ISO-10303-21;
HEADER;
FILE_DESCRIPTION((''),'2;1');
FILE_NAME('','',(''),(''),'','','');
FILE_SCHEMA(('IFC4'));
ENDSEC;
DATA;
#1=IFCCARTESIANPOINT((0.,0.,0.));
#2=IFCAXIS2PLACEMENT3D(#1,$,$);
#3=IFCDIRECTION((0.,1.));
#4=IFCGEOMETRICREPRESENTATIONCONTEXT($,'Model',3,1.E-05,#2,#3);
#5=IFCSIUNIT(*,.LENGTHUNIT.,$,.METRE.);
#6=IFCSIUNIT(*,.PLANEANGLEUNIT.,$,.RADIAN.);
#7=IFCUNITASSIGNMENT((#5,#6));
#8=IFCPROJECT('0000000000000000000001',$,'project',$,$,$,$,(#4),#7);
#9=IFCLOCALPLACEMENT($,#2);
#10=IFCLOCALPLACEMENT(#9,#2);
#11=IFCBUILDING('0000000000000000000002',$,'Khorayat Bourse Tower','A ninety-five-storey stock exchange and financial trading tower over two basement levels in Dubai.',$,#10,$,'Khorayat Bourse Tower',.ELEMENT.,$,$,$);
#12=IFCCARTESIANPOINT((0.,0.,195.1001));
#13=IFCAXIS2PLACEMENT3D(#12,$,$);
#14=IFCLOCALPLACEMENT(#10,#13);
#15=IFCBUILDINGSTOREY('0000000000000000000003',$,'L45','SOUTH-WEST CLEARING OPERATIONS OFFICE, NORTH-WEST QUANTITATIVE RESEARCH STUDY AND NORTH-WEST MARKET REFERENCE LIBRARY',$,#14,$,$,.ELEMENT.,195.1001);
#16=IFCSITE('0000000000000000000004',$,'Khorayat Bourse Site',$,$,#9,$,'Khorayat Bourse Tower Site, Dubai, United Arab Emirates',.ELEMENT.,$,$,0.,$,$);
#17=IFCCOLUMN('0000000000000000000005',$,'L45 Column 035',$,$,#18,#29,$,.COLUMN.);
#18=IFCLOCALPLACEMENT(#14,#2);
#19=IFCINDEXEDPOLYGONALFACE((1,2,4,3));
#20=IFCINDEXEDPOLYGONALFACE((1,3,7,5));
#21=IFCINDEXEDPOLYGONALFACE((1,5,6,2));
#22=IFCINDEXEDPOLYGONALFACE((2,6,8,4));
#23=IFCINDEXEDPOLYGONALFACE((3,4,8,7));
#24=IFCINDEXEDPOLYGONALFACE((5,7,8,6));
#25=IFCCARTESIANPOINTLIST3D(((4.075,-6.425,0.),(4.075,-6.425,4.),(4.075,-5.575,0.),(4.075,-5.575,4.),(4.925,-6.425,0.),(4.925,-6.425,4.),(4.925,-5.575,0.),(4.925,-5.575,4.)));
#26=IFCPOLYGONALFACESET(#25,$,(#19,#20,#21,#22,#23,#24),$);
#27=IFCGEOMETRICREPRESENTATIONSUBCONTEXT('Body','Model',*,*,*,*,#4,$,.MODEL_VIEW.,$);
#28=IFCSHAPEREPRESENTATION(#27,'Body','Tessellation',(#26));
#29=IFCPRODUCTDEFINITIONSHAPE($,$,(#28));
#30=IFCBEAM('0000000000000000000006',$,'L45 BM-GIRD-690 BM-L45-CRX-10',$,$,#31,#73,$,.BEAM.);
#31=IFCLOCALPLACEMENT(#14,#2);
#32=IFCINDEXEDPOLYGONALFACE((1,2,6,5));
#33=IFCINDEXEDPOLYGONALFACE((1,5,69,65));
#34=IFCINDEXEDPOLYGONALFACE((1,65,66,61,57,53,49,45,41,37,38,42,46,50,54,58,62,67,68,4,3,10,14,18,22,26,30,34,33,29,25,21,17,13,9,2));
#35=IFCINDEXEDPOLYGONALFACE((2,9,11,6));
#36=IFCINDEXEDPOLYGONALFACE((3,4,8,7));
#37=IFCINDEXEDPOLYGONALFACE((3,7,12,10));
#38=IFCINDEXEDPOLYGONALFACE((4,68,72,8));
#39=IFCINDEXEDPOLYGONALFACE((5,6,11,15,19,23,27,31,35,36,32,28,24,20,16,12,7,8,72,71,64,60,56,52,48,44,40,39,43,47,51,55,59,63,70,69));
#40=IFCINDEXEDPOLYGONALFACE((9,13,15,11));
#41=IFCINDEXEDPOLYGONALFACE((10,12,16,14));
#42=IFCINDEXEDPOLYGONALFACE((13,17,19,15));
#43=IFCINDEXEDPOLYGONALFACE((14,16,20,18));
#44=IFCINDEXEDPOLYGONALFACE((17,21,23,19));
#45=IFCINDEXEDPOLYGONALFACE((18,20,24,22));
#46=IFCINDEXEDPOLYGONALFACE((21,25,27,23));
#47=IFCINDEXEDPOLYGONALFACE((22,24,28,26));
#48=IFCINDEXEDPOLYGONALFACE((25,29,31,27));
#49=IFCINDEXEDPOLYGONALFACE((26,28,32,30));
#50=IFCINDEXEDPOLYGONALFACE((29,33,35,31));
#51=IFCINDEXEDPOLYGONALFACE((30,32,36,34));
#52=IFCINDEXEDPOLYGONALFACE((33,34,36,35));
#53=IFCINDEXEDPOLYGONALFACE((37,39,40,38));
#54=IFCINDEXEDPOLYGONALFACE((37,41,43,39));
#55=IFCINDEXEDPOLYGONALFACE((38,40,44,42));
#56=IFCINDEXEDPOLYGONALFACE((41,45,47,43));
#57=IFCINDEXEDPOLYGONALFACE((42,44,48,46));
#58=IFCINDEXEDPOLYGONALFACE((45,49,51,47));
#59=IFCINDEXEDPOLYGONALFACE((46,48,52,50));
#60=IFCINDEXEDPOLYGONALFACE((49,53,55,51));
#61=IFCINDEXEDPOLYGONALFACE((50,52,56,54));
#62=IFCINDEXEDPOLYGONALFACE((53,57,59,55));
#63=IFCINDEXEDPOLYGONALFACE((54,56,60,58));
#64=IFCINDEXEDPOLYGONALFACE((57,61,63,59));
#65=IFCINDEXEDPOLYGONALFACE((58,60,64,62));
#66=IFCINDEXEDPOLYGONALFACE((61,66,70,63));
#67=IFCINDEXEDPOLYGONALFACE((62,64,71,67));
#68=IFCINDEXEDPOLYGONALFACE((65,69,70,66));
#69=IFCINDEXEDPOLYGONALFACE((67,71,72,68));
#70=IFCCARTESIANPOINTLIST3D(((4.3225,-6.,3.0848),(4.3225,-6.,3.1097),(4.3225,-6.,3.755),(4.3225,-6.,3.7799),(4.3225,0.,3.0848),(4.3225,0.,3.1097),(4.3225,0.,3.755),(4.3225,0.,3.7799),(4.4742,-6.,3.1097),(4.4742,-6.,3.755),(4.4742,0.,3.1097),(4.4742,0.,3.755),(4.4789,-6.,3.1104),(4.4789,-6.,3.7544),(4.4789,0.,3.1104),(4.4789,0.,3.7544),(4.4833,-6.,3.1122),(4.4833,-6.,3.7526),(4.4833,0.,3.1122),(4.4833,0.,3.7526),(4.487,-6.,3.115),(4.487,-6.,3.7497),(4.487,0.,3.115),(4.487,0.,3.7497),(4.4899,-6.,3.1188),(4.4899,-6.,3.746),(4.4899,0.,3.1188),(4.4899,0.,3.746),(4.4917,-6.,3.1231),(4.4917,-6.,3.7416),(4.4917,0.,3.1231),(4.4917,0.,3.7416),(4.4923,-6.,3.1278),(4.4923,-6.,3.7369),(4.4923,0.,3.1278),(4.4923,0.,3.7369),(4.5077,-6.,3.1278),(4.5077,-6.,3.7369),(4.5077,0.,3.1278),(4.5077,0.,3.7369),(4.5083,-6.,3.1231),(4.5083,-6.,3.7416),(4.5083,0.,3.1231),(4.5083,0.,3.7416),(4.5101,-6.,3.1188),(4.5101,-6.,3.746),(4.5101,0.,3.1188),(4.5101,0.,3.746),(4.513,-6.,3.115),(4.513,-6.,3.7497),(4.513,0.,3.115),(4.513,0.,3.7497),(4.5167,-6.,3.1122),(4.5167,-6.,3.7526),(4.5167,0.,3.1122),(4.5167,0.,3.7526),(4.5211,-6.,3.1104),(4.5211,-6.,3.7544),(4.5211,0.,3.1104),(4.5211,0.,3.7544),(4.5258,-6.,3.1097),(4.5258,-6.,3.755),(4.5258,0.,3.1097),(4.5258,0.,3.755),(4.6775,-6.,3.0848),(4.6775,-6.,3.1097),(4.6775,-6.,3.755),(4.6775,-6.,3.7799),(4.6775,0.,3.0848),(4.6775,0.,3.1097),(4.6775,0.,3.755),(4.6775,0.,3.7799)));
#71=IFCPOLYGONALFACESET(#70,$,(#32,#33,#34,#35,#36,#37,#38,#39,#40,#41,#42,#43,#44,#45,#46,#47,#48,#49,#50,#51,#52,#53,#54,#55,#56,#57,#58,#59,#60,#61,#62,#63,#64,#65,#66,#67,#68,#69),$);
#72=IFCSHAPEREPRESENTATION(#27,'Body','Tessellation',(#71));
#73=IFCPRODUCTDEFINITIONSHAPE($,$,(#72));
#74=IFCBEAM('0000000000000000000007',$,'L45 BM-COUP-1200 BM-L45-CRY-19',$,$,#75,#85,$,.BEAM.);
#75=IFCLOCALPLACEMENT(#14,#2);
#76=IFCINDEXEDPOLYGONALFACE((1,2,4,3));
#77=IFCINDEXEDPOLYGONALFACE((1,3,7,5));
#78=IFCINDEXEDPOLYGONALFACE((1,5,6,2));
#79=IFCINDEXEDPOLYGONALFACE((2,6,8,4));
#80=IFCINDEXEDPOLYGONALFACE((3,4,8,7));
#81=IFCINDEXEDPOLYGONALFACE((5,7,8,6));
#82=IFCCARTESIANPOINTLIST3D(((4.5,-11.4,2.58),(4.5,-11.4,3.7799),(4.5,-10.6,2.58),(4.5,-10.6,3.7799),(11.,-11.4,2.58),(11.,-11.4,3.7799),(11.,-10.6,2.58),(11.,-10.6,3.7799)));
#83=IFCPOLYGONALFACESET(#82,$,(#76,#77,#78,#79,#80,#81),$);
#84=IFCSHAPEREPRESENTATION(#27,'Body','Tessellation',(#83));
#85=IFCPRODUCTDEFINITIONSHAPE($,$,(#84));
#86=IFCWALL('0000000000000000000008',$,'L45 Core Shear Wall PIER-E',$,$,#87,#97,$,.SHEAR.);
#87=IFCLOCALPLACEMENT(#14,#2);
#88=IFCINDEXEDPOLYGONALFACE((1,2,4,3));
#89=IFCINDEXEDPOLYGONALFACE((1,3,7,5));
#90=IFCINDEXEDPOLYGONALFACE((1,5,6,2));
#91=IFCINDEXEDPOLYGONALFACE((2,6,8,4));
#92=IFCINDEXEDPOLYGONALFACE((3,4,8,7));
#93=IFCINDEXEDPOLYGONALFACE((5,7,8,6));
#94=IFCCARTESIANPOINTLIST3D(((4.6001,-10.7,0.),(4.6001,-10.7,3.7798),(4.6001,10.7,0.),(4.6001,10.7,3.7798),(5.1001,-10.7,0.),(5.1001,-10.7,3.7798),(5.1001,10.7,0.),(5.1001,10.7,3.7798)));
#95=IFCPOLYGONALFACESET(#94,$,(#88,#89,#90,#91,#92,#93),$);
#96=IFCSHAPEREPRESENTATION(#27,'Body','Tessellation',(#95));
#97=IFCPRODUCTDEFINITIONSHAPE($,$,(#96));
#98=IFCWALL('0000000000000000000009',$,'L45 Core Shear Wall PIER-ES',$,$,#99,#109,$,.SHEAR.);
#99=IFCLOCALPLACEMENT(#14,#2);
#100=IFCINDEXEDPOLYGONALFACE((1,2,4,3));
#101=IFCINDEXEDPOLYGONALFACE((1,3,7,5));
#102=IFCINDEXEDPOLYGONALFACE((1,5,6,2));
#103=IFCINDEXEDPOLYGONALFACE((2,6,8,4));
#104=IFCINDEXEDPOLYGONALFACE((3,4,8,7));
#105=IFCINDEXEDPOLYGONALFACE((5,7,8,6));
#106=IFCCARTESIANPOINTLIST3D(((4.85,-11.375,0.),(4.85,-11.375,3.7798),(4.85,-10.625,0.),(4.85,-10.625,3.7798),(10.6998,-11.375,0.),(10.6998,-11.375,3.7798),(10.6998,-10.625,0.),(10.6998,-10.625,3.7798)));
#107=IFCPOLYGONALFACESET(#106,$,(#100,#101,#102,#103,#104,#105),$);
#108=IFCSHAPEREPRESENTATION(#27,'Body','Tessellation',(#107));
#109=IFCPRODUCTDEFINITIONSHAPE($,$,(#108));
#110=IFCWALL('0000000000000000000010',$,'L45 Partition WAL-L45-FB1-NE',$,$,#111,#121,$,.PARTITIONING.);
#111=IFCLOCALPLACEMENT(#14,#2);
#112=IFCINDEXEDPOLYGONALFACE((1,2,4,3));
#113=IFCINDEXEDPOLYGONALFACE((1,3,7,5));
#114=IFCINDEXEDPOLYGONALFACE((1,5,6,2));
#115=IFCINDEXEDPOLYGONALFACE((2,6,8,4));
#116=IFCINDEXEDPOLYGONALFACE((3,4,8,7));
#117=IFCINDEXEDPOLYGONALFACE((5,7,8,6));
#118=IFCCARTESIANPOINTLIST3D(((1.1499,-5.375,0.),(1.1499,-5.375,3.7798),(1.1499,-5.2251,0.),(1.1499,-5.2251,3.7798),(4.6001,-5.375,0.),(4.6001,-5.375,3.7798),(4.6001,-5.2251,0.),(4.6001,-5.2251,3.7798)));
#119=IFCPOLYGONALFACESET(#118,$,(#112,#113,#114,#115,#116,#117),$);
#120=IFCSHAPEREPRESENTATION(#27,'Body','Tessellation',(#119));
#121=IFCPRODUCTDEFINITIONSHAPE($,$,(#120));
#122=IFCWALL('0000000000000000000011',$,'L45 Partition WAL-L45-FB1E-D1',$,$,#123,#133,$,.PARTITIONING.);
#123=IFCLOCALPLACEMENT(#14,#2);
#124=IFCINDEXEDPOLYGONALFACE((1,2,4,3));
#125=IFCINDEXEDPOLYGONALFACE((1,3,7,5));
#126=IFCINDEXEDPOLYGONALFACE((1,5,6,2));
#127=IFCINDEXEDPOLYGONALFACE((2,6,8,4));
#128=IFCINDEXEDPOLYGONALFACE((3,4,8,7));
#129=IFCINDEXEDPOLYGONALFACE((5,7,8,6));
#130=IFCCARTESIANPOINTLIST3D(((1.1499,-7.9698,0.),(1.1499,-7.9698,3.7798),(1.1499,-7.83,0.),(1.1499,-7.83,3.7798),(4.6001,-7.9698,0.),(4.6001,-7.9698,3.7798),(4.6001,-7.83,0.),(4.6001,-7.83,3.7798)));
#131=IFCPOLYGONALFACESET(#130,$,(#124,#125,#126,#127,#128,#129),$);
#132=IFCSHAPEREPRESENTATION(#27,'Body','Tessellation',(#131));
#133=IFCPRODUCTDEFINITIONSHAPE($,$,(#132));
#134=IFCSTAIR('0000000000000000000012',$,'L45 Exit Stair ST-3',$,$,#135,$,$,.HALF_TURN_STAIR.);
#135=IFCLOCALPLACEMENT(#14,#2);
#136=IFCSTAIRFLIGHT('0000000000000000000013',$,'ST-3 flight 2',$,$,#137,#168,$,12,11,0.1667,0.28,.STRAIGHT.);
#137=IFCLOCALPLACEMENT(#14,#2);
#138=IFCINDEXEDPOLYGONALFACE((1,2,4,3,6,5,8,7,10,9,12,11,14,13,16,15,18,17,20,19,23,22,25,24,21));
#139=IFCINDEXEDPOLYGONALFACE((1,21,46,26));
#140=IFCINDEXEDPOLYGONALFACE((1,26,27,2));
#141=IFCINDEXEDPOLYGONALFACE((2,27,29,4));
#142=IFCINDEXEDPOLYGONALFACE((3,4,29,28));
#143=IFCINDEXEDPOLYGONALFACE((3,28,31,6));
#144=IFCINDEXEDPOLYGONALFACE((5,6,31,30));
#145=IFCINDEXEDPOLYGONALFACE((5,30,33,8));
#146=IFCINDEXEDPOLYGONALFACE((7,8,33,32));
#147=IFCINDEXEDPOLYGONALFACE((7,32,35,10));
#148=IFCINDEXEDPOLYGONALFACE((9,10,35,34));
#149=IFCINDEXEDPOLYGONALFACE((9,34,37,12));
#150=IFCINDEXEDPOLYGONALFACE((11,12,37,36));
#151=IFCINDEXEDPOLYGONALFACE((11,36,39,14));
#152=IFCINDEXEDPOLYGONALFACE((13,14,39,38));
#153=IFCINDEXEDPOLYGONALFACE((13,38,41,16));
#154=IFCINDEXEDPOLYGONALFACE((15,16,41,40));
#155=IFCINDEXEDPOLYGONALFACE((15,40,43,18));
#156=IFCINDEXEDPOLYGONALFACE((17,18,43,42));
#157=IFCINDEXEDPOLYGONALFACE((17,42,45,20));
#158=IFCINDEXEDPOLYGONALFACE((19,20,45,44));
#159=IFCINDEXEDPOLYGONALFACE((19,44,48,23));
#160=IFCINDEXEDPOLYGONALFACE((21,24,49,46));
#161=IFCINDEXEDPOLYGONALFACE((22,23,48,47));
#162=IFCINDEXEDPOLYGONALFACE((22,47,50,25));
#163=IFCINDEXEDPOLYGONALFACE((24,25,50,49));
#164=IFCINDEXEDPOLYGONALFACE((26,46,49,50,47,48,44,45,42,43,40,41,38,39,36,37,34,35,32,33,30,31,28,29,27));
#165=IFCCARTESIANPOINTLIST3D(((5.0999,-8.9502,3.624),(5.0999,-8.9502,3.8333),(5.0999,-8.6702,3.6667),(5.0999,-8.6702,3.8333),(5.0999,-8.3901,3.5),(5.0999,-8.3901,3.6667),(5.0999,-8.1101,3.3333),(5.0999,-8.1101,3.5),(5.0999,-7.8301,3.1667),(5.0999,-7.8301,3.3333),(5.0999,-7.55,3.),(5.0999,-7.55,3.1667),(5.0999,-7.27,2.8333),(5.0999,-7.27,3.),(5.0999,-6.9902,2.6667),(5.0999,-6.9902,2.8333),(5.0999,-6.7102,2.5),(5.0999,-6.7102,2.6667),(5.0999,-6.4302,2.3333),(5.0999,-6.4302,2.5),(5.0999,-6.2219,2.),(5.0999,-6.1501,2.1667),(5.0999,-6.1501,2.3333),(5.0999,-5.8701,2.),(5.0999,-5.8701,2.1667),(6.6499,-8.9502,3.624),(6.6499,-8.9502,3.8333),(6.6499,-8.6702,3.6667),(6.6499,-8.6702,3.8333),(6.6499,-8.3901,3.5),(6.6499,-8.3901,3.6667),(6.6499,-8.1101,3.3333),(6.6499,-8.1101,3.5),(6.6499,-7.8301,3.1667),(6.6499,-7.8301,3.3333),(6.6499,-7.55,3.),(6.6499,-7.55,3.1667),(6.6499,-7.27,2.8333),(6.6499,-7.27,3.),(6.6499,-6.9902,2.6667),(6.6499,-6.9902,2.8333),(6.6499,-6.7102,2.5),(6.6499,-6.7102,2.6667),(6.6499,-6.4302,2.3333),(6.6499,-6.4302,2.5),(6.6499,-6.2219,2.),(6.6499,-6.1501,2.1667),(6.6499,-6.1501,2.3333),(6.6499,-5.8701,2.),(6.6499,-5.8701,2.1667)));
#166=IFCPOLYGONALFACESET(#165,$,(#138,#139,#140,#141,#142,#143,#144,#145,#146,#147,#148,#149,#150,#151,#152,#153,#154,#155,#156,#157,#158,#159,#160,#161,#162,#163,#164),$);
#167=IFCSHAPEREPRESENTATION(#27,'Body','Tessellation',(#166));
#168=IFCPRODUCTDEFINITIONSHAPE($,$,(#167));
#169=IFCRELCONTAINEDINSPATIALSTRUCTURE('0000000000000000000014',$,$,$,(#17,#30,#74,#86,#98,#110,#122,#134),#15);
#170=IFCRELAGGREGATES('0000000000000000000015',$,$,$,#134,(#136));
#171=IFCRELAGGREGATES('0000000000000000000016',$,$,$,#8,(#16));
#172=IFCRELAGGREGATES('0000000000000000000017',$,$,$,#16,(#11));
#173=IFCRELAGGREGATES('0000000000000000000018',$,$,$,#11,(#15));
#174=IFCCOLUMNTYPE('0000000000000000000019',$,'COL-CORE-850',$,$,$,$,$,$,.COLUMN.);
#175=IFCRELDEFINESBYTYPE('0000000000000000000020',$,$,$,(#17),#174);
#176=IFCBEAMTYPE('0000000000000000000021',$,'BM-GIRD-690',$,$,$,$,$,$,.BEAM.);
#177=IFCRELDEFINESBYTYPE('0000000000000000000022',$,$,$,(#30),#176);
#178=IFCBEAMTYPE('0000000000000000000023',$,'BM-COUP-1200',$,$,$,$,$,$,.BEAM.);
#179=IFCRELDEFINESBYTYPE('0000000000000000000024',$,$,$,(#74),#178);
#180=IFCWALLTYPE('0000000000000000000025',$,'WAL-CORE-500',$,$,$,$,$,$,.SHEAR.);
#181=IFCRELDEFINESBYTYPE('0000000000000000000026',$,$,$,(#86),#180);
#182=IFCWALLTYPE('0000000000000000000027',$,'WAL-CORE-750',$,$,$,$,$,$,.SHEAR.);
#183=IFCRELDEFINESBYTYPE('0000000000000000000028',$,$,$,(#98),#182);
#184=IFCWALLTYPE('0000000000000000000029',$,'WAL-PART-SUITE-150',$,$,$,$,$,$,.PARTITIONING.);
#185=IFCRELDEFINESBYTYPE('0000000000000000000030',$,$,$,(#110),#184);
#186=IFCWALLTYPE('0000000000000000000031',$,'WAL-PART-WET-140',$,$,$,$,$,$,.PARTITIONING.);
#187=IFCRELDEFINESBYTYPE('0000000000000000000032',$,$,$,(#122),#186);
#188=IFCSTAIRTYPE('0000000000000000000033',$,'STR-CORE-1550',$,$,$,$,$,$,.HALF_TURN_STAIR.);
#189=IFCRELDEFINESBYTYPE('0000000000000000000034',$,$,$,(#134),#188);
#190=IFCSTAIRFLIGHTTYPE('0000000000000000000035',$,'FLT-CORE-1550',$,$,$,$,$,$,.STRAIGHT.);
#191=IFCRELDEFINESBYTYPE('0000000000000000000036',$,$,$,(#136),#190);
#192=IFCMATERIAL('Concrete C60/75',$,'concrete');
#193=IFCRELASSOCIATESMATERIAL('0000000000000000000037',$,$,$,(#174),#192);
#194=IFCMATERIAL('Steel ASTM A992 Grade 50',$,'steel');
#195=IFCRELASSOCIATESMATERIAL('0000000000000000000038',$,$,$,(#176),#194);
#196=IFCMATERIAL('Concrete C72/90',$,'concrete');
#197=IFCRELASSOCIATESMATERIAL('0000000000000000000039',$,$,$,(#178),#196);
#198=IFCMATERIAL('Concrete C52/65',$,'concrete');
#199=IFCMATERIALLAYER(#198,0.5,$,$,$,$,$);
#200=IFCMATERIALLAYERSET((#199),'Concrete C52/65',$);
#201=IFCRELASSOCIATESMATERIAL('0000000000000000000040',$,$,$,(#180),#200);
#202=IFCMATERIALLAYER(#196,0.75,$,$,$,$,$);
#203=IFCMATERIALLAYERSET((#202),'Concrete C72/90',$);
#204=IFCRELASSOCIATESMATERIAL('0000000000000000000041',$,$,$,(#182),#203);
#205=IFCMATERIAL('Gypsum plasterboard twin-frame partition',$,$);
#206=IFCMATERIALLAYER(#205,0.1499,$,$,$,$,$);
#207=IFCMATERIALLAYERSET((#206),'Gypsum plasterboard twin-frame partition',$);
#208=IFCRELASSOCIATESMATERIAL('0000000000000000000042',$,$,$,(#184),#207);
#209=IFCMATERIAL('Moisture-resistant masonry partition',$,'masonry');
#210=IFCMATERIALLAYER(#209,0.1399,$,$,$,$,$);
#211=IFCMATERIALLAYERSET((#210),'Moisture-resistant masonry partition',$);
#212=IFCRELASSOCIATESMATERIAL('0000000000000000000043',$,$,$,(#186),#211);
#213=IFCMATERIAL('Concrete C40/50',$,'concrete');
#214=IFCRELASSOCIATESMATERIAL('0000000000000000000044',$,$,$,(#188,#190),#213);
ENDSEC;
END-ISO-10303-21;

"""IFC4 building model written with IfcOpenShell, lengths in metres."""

from ifc_helpers import new_model, si_unit, direction, frame, frame_2d, origin, origin_2d, place, context, subcontext, project, spatial, polyline, rectangle, i_section, outline, extrude, source, transform, mapped, material, layer, layer_set, material_profile, profile_set, type_object, element, aggregate, save


model = new_model("IFC4")

# Units and contexts
model_context = context("Model", 3, precision=1e-05, world=origin(), true_north=direction((0.0, 1.0)))
body_context = subcontext(model_context, "Body", "Model", "MODEL_VIEW")
ifc_project = project(units=[si_unit("LENGTHUNIT", "METRE"), si_unit("PLANEANGLEUNIT", "RADIAN")], contexts=[model_context])

# Site, building, storey
site_placement = place(None, origin())
site = spatial("IfcSite", under=ifc_project, at=site_placement, Name="Khorayat Bourse Site", LongName="Khorayat Bourse Tower Site, Dubai, United Arab Emirates", CompositionType="ELEMENT", RefElevation=0.0)
building_placement = place(site_placement, origin())
building = spatial("IfcBuilding", under=site, at=building_placement, Name="Khorayat Bourse Tower", Description="A ninety-five-storey stock exchange and financial trading tower over two basement levels in Dubai.", LongName="Khorayat Bourse Tower", CompositionType="ELEMENT")
storey_placement = place(building_placement, frame((0.0, 0.0, 195.1001)))
storey = spatial("IfcBuildingStorey", under=building, at=storey_placement, Name="L45", Description="SOUTH-WEST CLEARING OPERATIONS OFFICE, NORTH-WEST QUANTITATIVE RESEARCH STUDY AND NORTH-WEST MARKET REFERENCE LIBRARY", CompositionType="ELEMENT", Elevation=195.1001)

# Column
ifc_material_1 = material(Name="Concrete C60/75", Category="concrete")
ifc_material_profile_1 = material_profile(ifc_material_1, rectangle(XDim=0.8501, YDim=0.8501, at=origin_2d()), Name="RC 850x850")
ifc_profile_set_1 = profile_set([ifc_material_profile_1], Name="Concrete C60/75")
column_type = type_object("IfcColumnType", Name="COL-CORE-850", PredefinedType="COLUMN", material=ifc_profile_set_1)
shared_shape_1 = source(origin(), body_context, "Body", "SweptSolid", [
    extrude(rectangle(XDim=0.8501, YDim=0.8501, at=origin_2d()), origin(), (0.0, 0.0, 1.0), 4.0),
])
column_placement = place(storey_placement, frame((4.5, -6.0, 0.0), z_axis=(0.0, 0.0, 1.0), x_axis=(1.0, 0.0, 0.0)))
element("IfcColumn", 1, at=column_placement, inside=storey, type_object=column_type, Name="L45 Column 035", PredefinedType="COLUMN", context=body_context, shape_type="MappedRepresentation", body=[
    mapped(shared_shape_1, transform((0.0, 0.0, 0.0), scale=1.0)),
])

# Beams
ifc_material_2 = material(Name="Steel ASTM A992 Grade 50", Category="steel")
ifc_material_profile_2 = material_profile(ifc_material_2, i_section(OverallWidth=0.355, OverallDepth=0.6951, WebThickness=0.0154, FlangeThickness=0.0249, FilletRadius=0.0181, at=origin_2d()), Name="W690X217")
ifc_profile_set_2 = profile_set([ifc_material_profile_2], Name="Steel ASTM A992 Grade 50")
beam_type_1 = type_object("IfcBeamType", Name="BM-GIRD-690", PredefinedType="BEAM", material=ifc_profile_set_2)
shared_shape_2 = source(origin(), body_context, "Body", "SweptSolid", [
    extrude(i_section(OverallWidth=0.355, OverallDepth=0.6951, WebThickness=0.0154, FlangeThickness=0.0249, FilletRadius=0.0181, at=origin_2d()), origin(), (0.0, 0.0, 1.0), 6.0),
])
beam_1_placement = place(storey_placement, frame((4.5, -6.0, 3.4324), z_axis=(0.0, 1.0, 0.0), x_axis=(-1.0, 0.0, 0.0)))
element("IfcBeam", 2, at=beam_1_placement, inside=storey, type_object=beam_type_1, Name="L45 BM-GIRD-690 BM-L45-CRX-10", PredefinedType="BEAM", context=body_context, shape_type="MappedRepresentation", body=[
    mapped(shared_shape_2, transform((0.0, 0.0, 0.0), scale=1.0)),
])
ifc_material_3 = material(Name="Concrete C72/90", Category="concrete")
ifc_material_profile_3 = material_profile(ifc_material_3, rectangle(XDim=0.8, YDim=1.2, at=origin_2d()), Name="RC 800x1200")
ifc_profile_set_3 = profile_set([ifc_material_profile_3], Name="Concrete C72/90")
beam_type_2 = type_object("IfcBeamType", Name="BM-COUP-1200", PredefinedType="BEAM", material=ifc_profile_set_3)
shared_shape_3 = source(origin(), body_context, "Body", "SweptSolid", [
    extrude(rectangle(XDim=0.8, YDim=1.2, at=origin_2d()), origin(), (0.0, 0.0, 1.0), 6.5),
])
beam_2_placement = place(storey_placement, frame((4.5, -11.0, 3.1799), z_axis=(1.0, 0.0, 0.0), x_axis=(0.0, 1.0, 0.0)))
element("IfcBeam", 3, at=beam_2_placement, inside=storey, type_object=beam_type_2, Name="L45 BM-COUP-1200 BM-L45-CRY-19", PredefinedType="BEAM", context=body_context, shape_type="MappedRepresentation", body=[
    mapped(shared_shape_3, transform((0.0, 0.0, 0.0), scale=1.0)),
])

# Walls
ifc_material_4 = material(Name="Concrete C52/65", Category="concrete")
ifc_layer_1 = layer(ifc_material_4, 0.5)
ifc_layer_set_1 = layer_set([ifc_layer_1], Name="Concrete C52/65")
wall_type_1 = type_object("IfcWallType", Name="WAL-CORE-500", PredefinedType="SHEAR", material=ifc_layer_set_1)
shared_shape_4 = source(origin(), body_context, "Body", "SweptSolid", [
    extrude(rectangle(XDim=21.3999, YDim=0.5, at=frame_2d((10.7, 0.0))), origin(), (0.0, 0.0, 1.0), 3.7798),
])
wall_1_placement = place(storey_placement, frame((4.8501, -10.7, 0.0), z_axis=(0.0, 0.0, 1.0), x_axis=(0.0, 1.0, 0.0)))
element("IfcWall", 4, at=wall_1_placement, inside=storey, type_object=wall_type_1, Name="L45 Core Shear Wall PIER-E", PredefinedType="SHEAR", context=body_context, shape_type="MappedRepresentation", body=[
    mapped(shared_shape_4, transform((0.0, 0.0, 0.0), scale=1.0)),
])
ifc_layer_2 = layer(ifc_material_3, 0.75)
ifc_layer_set_2 = layer_set([ifc_layer_2], Name="Concrete C72/90")
wall_type_2 = type_object("IfcWallType", Name="WAL-CORE-750", PredefinedType="SHEAR", material=ifc_layer_set_2)
shared_shape_5 = source(origin(), body_context, "Body", "SweptSolid", [
    extrude(rectangle(XDim=5.8499, YDim=0.75, at=frame_2d((2.9248, 0.0))), origin(), (0.0, 0.0, 1.0), 3.7798),
])
wall_2_placement = place(storey_placement, frame((4.8501, -11.0, 0.0), z_axis=(0.0, 0.0, 1.0), x_axis=(1.0, 0.0, 0.0)))
element("IfcWall", 5, at=wall_2_placement, inside=storey, type_object=wall_type_2, Name="L45 Core Shear Wall PIER-ES", PredefinedType="SHEAR", context=body_context, shape_type="MappedRepresentation", body=[
    mapped(shared_shape_5, transform((0.0, 0.0, 0.0), scale=1.0)),
])
ifc_material_5 = material(Name="Gypsum plasterboard twin-frame partition")
ifc_layer_3 = layer(ifc_material_5, 0.1499)
ifc_layer_set_3 = layer_set([ifc_layer_3], Name="Gypsum plasterboard twin-frame partition")
wall_type_3 = type_object("IfcWallType", Name="WAL-PART-SUITE-150", PredefinedType="PARTITIONING", material=ifc_layer_set_3)
shared_shape_6 = source(origin(), body_context, "Body", "SweptSolid", [
    extrude(rectangle(XDim=3.4502, YDim=0.1499, at=frame_2d((1.7251, 0.0))), origin(), (0.0, 0.0, 1.0), 3.7798),
])
wall_3_placement = place(storey_placement, frame((1.1499, -5.3, 0.0), z_axis=(0.0, 0.0, 1.0), x_axis=(1.0, 0.0, 0.0)))
element("IfcWall", 6, at=wall_3_placement, inside=storey, type_object=wall_type_3, Name="L45 Partition WAL-L45-FB1-NE", PredefinedType="PARTITIONING", context=body_context, shape_type="MappedRepresentation", body=[
    mapped(shared_shape_6, transform((0.0, 0.0, 0.0), scale=1.0)),
])
ifc_material_6 = material(Name="Moisture-resistant masonry partition", Category="masonry")
ifc_layer_4 = layer(ifc_material_6, 0.1399)
ifc_layer_set_4 = layer_set([ifc_layer_4], Name="Moisture-resistant masonry partition")
wall_type_4 = type_object("IfcWallType", Name="WAL-PART-WET-140", PredefinedType="PARTITIONING", material=ifc_layer_set_4)
shared_shape_7 = source(origin(), body_context, "Body", "SweptSolid", [
    extrude(rectangle(XDim=3.4502, YDim=0.1399, at=frame_2d((1.7251, 0.0))), origin(), (0.0, 0.0, 1.0), 3.7798),
])
wall_4_placement = place(storey_placement, frame((1.1499, -7.8999, 0.0), z_axis=(0.0, 0.0, 1.0), x_axis=(1.0, 0.0, 0.0)))
element("IfcWall", 7, at=wall_4_placement, inside=storey, type_object=wall_type_4, Name="L45 Partition WAL-L45-FB1E-D1", PredefinedType="PARTITIONING", context=body_context, shape_type="MappedRepresentation", body=[
    mapped(shared_shape_7, transform((0.0, 0.0, 0.0), scale=1.0)),
])

# Stair, stair flight
ifc_material_7 = material(Name="Concrete C40/50", Category="concrete")
stair_type = type_object("IfcStairType", Name="STR-CORE-1550", PredefinedType="HALF_TURN_STAIR", material=ifc_material_7)
stair_placement = place(storey_placement, origin())
stair = element("IfcStair", 8, at=stair_placement, inside=storey, type_object=stair_type, Name="L45 Exit Stair ST-3", PredefinedType="HALF_TURN_STAIR")
stair_flight_type = type_object("IfcStairFlightType", Name="FLT-CORE-1550", PredefinedType="STRAIGHT", material=ifc_material_7)
shared_shape_8 = source(origin(), body_context, "Body", "SweptSolid", [
    extrude(outline(polyline([(0.0, 0.0), (0.0, 0.1667), (0.28, 0.1667), (0.28, 0.3333), (0.5601, 0.3333), (0.5601, 0.5), (0.8401, 0.5), (0.8401, 0.6667), (1.1201, 0.6667), (1.1201, 0.8333), (1.3999, 0.8333), (1.3999, 1.0), (1.6799, 1.0), (1.6799, 1.1667), (1.96, 1.1667), (1.96, 1.3333), (2.24, 1.3333), (2.24, 1.5), (2.52, 1.5), (2.52, 1.6667), (2.8, 1.6667), (2.8, 1.8333), (3.0801, 1.8333), (3.0801, 2.0), (3.0801, 1.624), (0.3518, 0.0), (0.0, 0.0)])), frame((0.0, 0.7749, 0.0), z_axis=(0.0, -1.0, 0.0), x_axis=(1.0, 0.0, 0.0)), (0.0, 0.0, 1.0), 1.55),
])
stair_flight_placement = place(storey_placement, frame((5.875, -5.8701, 2.0), z_axis=(0.0, 0.0, 1.0), x_axis=(0.0, -1.0, 0.0)))
stair_flight = element("IfcStairFlight", 9, at=stair_flight_placement, type_object=stair_flight_type, Name="ST-3 flight 2", NumberOfRisers=12, NumberOfTreads=11, PredefinedType="STRAIGHT", RiserHeight=0.1667, TreadLength=0.28, context=body_context, shape_type="MappedRepresentation", body=[
    mapped(shared_shape_8, transform((0.0, 0.0, 0.0), scale=1.0)),
])
aggregate(stair, [stair_flight])

save(model, "model.ifc")
